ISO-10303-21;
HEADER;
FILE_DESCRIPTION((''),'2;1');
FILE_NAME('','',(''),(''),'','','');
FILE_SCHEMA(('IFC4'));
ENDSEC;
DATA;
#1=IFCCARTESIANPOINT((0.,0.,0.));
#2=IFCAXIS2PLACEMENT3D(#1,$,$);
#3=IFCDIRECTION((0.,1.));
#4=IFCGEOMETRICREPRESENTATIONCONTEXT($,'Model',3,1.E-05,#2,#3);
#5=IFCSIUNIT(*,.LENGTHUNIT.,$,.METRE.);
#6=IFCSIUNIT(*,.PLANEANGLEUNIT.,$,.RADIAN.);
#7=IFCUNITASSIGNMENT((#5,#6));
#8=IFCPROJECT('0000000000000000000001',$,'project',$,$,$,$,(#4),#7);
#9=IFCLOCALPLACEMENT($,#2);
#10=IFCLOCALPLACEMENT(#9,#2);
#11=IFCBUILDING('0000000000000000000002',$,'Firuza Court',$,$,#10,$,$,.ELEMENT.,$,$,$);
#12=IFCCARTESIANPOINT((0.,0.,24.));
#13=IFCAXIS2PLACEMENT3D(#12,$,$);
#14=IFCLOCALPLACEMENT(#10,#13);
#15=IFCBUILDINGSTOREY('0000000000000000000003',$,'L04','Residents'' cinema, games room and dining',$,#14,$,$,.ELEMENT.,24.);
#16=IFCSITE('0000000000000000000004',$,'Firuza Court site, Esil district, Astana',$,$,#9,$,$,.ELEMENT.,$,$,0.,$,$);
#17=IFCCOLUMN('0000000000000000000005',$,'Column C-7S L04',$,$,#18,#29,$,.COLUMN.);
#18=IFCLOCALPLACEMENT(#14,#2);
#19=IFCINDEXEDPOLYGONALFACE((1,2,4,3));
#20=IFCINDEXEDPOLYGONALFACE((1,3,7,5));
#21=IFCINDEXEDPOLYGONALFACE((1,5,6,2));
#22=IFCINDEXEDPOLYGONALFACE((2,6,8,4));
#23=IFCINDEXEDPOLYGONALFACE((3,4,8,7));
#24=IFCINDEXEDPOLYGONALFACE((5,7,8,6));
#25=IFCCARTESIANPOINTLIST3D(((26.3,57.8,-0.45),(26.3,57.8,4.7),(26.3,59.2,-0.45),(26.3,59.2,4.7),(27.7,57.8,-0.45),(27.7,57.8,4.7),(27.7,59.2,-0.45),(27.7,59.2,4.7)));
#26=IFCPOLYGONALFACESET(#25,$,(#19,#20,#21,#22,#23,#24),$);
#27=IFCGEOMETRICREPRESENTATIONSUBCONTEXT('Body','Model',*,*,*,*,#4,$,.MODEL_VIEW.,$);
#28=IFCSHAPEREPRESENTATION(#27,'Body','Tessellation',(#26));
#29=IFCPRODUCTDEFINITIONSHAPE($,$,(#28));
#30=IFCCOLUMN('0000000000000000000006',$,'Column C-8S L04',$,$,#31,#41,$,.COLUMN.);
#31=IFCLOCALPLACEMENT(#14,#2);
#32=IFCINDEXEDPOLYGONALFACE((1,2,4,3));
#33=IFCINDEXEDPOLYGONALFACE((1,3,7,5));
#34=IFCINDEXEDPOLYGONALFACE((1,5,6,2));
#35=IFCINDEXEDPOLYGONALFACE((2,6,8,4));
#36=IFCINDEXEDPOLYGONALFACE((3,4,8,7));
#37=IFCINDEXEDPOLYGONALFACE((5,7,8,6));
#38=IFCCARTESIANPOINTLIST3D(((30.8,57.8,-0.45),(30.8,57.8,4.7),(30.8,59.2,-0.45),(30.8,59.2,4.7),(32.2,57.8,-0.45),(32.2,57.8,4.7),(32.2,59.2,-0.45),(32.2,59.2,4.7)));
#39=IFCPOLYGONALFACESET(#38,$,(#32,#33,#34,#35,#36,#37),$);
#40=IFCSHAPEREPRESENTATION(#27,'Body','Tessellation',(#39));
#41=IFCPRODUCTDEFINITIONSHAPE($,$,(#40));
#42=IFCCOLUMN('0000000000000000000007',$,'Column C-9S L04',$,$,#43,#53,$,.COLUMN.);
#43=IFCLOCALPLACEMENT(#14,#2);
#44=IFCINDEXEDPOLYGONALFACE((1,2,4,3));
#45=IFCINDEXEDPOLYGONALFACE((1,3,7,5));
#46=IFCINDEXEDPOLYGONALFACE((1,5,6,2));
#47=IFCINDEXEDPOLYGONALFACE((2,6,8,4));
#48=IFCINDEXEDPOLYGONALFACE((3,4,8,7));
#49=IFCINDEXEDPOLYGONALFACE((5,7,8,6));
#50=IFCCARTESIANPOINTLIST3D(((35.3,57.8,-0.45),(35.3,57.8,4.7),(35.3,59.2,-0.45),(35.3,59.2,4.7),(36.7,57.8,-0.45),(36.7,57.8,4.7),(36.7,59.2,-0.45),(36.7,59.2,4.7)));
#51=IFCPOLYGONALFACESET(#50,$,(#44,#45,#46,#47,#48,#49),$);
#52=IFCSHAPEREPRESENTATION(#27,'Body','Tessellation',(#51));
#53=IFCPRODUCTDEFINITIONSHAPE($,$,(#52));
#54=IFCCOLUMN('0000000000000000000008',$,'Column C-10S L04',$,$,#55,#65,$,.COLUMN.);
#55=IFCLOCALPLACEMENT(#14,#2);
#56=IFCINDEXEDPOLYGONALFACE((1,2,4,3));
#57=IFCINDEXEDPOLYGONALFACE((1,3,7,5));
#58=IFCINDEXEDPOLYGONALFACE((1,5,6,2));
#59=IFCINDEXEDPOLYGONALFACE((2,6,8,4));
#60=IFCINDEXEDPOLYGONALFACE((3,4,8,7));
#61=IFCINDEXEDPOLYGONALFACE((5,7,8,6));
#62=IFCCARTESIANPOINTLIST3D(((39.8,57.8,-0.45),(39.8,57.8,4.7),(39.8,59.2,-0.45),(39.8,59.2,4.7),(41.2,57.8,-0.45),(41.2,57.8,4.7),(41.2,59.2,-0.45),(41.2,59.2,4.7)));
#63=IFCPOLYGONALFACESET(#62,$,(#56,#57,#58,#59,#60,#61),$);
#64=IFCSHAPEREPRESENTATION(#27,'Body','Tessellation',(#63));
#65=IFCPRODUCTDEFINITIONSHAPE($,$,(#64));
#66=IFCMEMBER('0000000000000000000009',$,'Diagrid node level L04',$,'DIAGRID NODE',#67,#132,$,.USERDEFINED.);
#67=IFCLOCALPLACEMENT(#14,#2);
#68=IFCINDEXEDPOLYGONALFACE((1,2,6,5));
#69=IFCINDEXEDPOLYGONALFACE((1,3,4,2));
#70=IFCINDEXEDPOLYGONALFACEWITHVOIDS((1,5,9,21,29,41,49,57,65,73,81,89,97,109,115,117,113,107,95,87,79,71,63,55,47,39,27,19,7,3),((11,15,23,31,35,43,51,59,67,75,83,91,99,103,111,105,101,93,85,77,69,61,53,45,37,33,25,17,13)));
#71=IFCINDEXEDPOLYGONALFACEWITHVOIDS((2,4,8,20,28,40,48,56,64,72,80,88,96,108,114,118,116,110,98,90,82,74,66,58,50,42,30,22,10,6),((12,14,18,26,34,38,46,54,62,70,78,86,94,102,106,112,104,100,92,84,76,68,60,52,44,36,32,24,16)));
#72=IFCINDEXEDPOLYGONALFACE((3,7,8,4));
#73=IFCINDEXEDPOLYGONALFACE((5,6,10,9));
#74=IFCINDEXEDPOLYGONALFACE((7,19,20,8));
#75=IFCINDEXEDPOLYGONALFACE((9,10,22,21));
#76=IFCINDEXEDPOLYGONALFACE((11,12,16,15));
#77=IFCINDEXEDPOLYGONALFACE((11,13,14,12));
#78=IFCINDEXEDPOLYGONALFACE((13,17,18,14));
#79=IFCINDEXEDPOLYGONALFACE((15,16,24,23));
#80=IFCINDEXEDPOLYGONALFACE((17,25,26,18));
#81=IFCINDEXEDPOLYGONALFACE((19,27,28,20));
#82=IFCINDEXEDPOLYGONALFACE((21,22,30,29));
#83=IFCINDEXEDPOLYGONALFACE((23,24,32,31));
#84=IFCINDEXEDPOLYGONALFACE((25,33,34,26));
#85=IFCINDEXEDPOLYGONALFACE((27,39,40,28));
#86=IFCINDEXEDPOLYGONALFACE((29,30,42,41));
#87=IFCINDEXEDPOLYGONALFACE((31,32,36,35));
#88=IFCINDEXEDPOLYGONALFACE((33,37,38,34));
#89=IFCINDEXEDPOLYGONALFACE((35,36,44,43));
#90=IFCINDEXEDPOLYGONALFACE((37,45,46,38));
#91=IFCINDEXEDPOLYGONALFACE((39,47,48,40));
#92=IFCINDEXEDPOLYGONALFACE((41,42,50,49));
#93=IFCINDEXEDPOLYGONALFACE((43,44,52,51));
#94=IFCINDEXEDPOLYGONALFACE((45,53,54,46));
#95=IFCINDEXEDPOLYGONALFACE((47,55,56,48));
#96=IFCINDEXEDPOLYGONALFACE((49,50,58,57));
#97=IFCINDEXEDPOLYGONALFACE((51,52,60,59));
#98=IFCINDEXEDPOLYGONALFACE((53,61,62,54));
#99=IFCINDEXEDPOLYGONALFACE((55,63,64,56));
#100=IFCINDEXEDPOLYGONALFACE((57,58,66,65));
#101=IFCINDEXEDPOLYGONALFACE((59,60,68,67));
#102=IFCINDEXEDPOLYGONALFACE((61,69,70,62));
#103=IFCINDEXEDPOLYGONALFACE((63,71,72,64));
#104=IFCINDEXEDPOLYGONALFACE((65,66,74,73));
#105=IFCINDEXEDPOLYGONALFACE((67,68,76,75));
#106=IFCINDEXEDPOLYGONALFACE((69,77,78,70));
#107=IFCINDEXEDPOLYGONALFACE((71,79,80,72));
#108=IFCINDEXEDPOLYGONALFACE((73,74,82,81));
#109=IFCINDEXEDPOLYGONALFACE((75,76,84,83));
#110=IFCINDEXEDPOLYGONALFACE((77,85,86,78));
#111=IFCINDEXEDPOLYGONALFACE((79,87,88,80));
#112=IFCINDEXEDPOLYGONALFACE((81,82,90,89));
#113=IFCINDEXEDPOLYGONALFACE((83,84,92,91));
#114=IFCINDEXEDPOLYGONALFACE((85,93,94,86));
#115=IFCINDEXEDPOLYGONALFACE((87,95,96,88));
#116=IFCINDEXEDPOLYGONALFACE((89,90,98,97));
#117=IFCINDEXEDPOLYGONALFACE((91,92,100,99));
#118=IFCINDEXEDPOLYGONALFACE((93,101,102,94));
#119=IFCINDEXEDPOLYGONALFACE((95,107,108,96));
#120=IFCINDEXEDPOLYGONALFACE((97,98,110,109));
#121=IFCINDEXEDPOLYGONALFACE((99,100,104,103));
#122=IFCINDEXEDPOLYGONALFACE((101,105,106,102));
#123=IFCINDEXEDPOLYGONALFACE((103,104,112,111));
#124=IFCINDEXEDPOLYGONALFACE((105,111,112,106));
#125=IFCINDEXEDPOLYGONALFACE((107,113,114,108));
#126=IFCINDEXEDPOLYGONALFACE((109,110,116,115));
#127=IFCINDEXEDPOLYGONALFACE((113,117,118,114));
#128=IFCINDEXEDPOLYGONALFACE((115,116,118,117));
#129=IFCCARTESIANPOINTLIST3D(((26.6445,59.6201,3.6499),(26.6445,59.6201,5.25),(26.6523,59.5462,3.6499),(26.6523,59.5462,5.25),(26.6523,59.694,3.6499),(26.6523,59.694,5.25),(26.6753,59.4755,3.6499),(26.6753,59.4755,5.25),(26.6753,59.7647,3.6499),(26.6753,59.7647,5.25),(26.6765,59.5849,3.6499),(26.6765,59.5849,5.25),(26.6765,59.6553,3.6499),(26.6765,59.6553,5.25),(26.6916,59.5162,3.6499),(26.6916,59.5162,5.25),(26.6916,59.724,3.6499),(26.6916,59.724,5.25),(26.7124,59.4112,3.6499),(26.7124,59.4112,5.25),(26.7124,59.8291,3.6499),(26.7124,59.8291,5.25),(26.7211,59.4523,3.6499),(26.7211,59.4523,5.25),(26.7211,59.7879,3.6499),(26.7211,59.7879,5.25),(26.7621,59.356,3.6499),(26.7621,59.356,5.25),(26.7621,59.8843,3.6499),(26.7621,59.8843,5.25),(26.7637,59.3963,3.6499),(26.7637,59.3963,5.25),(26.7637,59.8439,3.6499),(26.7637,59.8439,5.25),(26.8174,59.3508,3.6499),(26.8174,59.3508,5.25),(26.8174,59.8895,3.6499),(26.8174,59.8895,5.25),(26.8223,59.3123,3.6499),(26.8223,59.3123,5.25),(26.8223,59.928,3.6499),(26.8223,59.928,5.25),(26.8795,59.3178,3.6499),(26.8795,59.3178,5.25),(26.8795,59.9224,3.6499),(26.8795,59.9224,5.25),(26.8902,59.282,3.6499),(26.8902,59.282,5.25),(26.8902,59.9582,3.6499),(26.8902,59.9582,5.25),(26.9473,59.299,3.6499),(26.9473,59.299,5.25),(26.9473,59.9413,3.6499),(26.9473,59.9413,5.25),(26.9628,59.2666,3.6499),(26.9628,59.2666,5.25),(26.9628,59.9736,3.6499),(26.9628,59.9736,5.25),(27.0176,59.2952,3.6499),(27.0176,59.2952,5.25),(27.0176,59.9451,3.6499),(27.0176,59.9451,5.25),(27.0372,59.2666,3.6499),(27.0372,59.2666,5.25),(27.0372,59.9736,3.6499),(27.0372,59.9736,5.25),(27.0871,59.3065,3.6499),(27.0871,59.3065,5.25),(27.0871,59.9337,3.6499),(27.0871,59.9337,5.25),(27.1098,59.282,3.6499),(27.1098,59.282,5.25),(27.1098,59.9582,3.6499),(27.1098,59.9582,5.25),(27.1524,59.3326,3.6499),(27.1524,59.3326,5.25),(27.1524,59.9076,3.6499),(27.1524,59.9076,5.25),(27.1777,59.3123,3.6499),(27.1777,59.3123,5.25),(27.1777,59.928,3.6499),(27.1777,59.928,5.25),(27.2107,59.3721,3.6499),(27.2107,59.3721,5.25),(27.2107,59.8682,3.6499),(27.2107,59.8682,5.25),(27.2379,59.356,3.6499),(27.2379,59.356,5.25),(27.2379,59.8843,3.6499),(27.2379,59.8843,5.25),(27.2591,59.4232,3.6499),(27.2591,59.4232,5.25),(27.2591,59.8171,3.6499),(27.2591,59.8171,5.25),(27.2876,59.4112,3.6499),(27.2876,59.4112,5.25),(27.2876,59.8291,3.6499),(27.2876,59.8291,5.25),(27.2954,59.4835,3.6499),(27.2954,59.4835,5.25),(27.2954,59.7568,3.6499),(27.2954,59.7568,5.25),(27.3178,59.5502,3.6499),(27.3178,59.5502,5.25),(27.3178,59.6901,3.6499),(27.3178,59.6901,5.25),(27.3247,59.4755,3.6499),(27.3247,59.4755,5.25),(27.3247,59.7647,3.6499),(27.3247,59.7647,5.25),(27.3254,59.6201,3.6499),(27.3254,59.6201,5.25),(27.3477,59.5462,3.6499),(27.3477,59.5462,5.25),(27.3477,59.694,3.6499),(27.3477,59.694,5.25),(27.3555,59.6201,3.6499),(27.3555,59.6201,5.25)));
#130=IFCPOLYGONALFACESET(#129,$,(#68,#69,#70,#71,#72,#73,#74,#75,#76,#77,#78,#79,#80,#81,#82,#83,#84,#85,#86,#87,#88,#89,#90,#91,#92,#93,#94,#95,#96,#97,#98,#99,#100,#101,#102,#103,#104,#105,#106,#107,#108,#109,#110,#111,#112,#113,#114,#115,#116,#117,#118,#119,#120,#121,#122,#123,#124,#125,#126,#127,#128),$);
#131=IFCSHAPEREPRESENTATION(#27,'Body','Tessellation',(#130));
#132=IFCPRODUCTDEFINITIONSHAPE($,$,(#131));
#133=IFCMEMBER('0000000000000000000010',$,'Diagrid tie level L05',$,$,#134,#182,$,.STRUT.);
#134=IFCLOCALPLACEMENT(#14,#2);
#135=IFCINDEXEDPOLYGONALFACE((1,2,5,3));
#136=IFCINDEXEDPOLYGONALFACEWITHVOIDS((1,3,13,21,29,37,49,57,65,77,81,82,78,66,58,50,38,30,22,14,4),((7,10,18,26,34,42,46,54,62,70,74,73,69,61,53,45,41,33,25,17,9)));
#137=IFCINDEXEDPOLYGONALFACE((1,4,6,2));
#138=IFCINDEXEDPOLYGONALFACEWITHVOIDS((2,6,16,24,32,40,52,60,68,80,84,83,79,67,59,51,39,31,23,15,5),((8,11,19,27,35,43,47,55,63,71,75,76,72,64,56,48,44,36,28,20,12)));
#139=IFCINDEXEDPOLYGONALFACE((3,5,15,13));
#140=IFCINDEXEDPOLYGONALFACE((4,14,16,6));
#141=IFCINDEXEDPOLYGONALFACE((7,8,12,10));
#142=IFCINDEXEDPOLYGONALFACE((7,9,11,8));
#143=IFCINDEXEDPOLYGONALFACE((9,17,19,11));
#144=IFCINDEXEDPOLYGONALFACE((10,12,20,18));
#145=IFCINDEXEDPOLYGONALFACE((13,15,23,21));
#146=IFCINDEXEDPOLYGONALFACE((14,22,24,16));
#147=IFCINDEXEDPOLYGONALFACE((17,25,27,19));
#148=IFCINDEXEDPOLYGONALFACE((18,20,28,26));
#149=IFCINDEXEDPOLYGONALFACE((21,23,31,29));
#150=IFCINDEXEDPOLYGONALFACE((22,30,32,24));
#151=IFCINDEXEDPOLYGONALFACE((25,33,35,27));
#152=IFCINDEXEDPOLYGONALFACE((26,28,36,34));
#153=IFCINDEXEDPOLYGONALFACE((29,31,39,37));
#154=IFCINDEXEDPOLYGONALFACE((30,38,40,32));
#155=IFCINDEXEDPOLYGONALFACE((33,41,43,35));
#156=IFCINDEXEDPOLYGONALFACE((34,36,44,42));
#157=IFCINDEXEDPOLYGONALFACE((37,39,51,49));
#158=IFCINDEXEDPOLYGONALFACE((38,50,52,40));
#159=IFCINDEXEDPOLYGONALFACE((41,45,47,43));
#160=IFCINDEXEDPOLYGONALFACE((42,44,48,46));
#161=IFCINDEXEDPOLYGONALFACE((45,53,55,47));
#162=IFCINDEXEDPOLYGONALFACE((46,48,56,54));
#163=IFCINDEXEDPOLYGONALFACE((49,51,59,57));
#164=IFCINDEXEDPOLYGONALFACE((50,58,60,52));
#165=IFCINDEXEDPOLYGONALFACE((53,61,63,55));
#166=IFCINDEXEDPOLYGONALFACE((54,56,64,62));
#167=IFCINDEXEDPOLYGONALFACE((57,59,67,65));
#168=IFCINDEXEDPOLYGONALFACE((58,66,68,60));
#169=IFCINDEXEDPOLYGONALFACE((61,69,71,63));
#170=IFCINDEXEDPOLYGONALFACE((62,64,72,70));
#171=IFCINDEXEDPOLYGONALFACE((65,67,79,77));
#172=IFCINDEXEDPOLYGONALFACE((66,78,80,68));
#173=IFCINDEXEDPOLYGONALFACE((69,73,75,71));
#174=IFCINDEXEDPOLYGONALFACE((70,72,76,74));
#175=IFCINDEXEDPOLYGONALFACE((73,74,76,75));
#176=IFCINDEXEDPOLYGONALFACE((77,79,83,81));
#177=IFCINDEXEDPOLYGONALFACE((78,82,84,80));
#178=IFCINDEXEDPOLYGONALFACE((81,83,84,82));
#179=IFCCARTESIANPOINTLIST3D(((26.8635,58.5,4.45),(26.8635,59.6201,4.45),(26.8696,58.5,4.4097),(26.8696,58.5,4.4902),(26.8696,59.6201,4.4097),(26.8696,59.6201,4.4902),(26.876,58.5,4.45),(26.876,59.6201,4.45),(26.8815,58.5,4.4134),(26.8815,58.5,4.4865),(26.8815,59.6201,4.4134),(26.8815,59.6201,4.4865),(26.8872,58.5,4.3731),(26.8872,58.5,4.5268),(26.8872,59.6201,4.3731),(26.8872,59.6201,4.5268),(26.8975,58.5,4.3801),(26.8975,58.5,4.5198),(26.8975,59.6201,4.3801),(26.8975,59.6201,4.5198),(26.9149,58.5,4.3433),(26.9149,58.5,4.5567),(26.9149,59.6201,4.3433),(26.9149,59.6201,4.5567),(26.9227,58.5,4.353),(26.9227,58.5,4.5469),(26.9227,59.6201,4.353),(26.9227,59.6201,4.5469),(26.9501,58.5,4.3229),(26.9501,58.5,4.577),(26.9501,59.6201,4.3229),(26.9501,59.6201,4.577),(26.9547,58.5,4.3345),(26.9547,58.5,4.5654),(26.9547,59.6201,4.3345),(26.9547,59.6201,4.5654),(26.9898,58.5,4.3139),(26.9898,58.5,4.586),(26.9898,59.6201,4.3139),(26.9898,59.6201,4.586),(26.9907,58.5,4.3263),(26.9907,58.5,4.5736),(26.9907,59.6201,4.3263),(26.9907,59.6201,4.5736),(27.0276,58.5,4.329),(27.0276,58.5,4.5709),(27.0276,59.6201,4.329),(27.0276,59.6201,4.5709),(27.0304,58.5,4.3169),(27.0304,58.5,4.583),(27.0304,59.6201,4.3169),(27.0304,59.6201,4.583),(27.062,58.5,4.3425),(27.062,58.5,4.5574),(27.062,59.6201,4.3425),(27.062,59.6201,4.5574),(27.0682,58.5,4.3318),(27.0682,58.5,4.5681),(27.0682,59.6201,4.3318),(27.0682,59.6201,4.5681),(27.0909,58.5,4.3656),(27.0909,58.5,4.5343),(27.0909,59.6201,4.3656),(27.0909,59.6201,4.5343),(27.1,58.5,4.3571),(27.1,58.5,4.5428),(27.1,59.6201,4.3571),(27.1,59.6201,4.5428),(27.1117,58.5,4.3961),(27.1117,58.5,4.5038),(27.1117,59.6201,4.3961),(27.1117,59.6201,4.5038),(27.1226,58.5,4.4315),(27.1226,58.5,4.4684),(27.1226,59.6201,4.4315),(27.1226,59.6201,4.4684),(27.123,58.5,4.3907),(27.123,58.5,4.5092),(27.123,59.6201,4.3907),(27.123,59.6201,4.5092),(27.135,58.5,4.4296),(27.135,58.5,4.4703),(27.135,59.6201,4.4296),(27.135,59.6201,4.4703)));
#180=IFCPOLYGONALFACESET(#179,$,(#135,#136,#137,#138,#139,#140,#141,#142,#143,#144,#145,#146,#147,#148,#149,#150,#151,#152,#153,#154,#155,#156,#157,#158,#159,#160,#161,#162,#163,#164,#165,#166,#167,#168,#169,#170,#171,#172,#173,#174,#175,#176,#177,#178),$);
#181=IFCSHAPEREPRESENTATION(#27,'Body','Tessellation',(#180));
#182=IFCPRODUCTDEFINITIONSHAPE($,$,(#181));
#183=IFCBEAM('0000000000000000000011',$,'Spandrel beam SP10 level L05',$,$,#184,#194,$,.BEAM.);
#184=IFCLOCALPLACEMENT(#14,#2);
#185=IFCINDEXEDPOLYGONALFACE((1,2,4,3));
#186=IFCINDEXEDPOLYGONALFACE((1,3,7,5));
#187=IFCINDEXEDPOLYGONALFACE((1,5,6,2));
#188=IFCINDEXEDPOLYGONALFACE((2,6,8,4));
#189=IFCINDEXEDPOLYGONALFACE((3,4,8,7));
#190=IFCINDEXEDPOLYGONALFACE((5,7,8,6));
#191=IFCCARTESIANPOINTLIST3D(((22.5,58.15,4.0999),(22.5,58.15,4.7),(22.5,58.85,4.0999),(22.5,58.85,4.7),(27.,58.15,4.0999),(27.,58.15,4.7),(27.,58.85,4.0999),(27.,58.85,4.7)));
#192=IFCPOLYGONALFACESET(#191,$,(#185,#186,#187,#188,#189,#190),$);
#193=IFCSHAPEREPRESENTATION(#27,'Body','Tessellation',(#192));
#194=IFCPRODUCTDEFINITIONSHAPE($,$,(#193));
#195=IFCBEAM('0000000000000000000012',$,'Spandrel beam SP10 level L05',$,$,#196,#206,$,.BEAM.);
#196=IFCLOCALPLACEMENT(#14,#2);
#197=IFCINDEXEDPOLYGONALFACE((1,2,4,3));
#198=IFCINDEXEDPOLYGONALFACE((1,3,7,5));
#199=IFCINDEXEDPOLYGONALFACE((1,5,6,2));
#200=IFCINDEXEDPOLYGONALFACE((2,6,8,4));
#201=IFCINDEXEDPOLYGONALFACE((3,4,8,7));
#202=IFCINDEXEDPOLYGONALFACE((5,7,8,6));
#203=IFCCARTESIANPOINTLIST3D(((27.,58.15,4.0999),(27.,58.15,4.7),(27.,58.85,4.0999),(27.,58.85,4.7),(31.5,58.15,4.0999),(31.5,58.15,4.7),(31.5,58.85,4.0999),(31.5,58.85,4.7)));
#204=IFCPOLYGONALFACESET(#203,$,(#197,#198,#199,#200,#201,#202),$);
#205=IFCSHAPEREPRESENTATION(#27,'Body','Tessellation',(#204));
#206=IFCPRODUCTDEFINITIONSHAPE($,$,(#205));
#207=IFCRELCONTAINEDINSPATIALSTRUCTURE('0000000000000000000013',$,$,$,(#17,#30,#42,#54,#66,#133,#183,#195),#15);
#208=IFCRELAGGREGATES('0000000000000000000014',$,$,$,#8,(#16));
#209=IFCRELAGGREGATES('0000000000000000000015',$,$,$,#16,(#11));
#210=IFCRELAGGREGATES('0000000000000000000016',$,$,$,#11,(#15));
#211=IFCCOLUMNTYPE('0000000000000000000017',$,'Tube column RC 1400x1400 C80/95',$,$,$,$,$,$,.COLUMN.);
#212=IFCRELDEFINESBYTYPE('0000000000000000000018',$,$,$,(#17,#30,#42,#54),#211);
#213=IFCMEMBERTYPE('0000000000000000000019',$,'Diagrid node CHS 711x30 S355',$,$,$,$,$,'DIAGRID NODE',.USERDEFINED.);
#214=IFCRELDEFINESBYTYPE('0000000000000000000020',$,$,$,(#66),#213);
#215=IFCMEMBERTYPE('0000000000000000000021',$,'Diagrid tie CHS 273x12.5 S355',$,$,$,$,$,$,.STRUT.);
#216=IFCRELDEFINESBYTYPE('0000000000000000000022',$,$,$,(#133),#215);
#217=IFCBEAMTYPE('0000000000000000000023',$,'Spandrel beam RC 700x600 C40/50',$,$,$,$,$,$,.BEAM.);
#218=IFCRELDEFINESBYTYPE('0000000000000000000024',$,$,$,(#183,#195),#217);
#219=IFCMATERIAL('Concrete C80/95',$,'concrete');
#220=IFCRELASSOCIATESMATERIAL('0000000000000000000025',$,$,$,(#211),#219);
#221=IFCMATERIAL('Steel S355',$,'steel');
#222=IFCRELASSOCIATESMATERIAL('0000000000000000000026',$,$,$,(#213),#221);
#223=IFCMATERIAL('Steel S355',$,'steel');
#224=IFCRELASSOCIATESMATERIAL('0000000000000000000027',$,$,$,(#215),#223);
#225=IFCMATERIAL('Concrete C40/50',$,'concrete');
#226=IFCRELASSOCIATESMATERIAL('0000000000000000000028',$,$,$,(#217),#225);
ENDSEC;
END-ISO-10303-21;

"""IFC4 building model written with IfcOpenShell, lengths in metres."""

from ifc_helpers import new_model, si_unit, direction, frame, origin, origin_2d, place, context, subcontext, project, spatial, rectangle, hollow_circle, extrude, material, material_profile, profile_set, type_object, element, save


model = new_model("IFC4")

# Units and contexts
model_context = context("Model", 3, precision=1e-05, world=origin(), true_north=direction((0.0, 1.0)))
body_context = subcontext(model_context, "Body", "Model", "MODEL_VIEW")
ifc_project = project(units=[si_unit("LENGTHUNIT", "METRE"), si_unit("PLANEANGLEUNIT", "RADIAN")], contexts=[model_context])

# Site, building, storey
site_placement = place(None, origin())
site = spatial("IfcSite", under=ifc_project, at=site_placement, Name="Firuza Court site, Esil district, Astana", CompositionType="ELEMENT", RefElevation=0.0)
building_placement = place(site_placement, origin())
building = spatial("IfcBuilding", under=site, at=building_placement, Name="Firuza Court", CompositionType="ELEMENT")
storey_placement = place(building_placement, frame((0.0, 0.0, 24.0)))
storey = spatial("IfcBuildingStorey", under=building, at=storey_placement, Name="L04", Description="Residents' cinema, games room and dining", CompositionType="ELEMENT", Elevation=24.0)

# Columns
ifc_material_1 = material(Name="Concrete C80/95", Category="concrete")
ifc_material_profile_1 = material_profile(ifc_material_1, rectangle(XDim=1.3999, YDim=1.3999, at=origin_2d()), Name="RC 1400x1400")
ifc_profile_set_1 = profile_set([ifc_material_profile_1], Name="Concrete C80/95")
column_type = type_object("IfcColumnType", Name="Tube column RC 1400x1400 C80/95", PredefinedType="COLUMN", material=ifc_profile_set_1)
for number, where, z_axis, x_axis, name in (
    (1, (27.0, 58.5, -0.45), (0.0, 0.0, 1.0), (1.0, 0.0, 0.0), "Column C-7S L04"),
    (2, (31.5, 58.5, -0.45), (0.0, 0.0, 1.0), (1.0, 0.0, 0.0), "Column C-8S L04"),
    (3, (36.0, 58.5, -0.45), (0.0, 0.0, 1.0), (1.0, 0.0, 0.0), "Column C-9S L04"),
    (4, (40.5, 58.5, -0.45), (0.0, 0.0, 1.0), (1.0, 0.0, 0.0), "Column C-10S L04"),
):
    element("IfcColumn", number, at=place(storey_placement, frame(where, z_axis=z_axis, x_axis=x_axis)), inside=storey, type_object=column_type, Name=name, PredefinedType="COLUMN", context=body_context, shape_type="SweptSolid", body=[
        extrude(rectangle(XDim=1.3999, YDim=1.3999, at=origin_2d()), origin(), (0.0, 0.0, 1.0), 5.1499),
    ])

# Members
ifc_material_2 = material(Name="Steel S355", Category="steel")
ifc_material_profile_2 = material_profile(ifc_material_2, hollow_circle(Radius=0.3555, WallThickness=0.03, at=origin_2d()), Name="CHS 711x30")
ifc_profile_set_2 = profile_set([ifc_material_profile_2], Name="Steel S355")
member_type_1 = type_object("IfcMemberType", Name="Diagrid node CHS 711x30 S355", ElementType="DIAGRID NODE", PredefinedType="USERDEFINED", material=ifc_profile_set_2)
member_1_placement = place(storey_placement, frame((27.0, 59.6201, 3.6499), z_axis=(0.0, 0.0, 1.0), x_axis=(1.0, 0.0, 0.0)))
element("IfcMember", 5, at=member_1_placement, inside=storey, type_object=member_type_1, Name="Diagrid node level L04", ObjectType="DIAGRID NODE", PredefinedType="USERDEFINED", context=body_context, shape_type="SweptSolid", body=[
    extrude(hollow_circle(Radius=0.3555, WallThickness=0.03, at=origin_2d()), origin(), (0.0, 0.0, 1.0), 1.6001),
])
ifc_material_3 = material(Name="Steel S355", Category="steel")
ifc_material_profile_3 = material_profile(ifc_material_3, hollow_circle(Radius=0.1365, WallThickness=0.0125, at=origin_2d()), Name="CHS 273x12.5")
ifc_profile_set_3 = profile_set([ifc_material_profile_3], Name="Steel S355")
member_type_2 = type_object("IfcMemberType", Name="Diagrid tie CHS 273x12.5 S355", PredefinedType="STRUT", material=ifc_profile_set_3)
member_2_placement = place(storey_placement, frame((27.0, 58.5, 4.45), z_axis=(0.0, 1.0, 0.0), x_axis=(-1.0, 0.0, 0.0)))
element("IfcMember", 6, at=member_2_placement, inside=storey, type_object=member_type_2, Name="Diagrid tie level L05", PredefinedType="STRUT", context=body_context, shape_type="SweptSolid", body=[
    extrude(hollow_circle(Radius=0.1365, WallThickness=0.0125, at=origin_2d()), origin(), (0.0, 0.0, 1.0), 1.1201),
])

# Beams
ifc_material_4 = material(Name="Concrete C40/50", Category="concrete")
ifc_material_profile_4 = material_profile(ifc_material_4, rectangle(XDim=0.7, YDim=0.6001, at=origin_2d()), Name="RC 700x600")
ifc_profile_set_4 = profile_set([ifc_material_profile_4], Name="Concrete C40/50")
beam_type = type_object("IfcBeamType", Name="Spandrel beam RC 700x600 C40/50", PredefinedType="BEAM", material=ifc_profile_set_4)
for number, where, z_axis, x_axis, name in (
    (7, (27.0, 58.5, 4.3999), (-1.0, 0.0, 0.0), (0.0, -1.0, 0.0), "Spandrel beam SP10 level L05"),
    (8, (31.5, 58.5, 4.3999), (-1.0, 0.0, 0.0), (0.0, -1.0, 0.0), "Spandrel beam SP10 level L05"),
):
    element("IfcBeam", number, at=place(storey_placement, frame(where, z_axis=z_axis, x_axis=x_axis)), inside=storey, type_object=beam_type, Name=name, PredefinedType="BEAM", context=body_context, shape_type="SweptSolid", body=[
        extrude(rectangle(XDim=0.7, YDim=0.6001, at=origin_2d()), origin(), (0.0, 0.0, 1.0), 4.5),
    ])

save(model, "model.ifc")
